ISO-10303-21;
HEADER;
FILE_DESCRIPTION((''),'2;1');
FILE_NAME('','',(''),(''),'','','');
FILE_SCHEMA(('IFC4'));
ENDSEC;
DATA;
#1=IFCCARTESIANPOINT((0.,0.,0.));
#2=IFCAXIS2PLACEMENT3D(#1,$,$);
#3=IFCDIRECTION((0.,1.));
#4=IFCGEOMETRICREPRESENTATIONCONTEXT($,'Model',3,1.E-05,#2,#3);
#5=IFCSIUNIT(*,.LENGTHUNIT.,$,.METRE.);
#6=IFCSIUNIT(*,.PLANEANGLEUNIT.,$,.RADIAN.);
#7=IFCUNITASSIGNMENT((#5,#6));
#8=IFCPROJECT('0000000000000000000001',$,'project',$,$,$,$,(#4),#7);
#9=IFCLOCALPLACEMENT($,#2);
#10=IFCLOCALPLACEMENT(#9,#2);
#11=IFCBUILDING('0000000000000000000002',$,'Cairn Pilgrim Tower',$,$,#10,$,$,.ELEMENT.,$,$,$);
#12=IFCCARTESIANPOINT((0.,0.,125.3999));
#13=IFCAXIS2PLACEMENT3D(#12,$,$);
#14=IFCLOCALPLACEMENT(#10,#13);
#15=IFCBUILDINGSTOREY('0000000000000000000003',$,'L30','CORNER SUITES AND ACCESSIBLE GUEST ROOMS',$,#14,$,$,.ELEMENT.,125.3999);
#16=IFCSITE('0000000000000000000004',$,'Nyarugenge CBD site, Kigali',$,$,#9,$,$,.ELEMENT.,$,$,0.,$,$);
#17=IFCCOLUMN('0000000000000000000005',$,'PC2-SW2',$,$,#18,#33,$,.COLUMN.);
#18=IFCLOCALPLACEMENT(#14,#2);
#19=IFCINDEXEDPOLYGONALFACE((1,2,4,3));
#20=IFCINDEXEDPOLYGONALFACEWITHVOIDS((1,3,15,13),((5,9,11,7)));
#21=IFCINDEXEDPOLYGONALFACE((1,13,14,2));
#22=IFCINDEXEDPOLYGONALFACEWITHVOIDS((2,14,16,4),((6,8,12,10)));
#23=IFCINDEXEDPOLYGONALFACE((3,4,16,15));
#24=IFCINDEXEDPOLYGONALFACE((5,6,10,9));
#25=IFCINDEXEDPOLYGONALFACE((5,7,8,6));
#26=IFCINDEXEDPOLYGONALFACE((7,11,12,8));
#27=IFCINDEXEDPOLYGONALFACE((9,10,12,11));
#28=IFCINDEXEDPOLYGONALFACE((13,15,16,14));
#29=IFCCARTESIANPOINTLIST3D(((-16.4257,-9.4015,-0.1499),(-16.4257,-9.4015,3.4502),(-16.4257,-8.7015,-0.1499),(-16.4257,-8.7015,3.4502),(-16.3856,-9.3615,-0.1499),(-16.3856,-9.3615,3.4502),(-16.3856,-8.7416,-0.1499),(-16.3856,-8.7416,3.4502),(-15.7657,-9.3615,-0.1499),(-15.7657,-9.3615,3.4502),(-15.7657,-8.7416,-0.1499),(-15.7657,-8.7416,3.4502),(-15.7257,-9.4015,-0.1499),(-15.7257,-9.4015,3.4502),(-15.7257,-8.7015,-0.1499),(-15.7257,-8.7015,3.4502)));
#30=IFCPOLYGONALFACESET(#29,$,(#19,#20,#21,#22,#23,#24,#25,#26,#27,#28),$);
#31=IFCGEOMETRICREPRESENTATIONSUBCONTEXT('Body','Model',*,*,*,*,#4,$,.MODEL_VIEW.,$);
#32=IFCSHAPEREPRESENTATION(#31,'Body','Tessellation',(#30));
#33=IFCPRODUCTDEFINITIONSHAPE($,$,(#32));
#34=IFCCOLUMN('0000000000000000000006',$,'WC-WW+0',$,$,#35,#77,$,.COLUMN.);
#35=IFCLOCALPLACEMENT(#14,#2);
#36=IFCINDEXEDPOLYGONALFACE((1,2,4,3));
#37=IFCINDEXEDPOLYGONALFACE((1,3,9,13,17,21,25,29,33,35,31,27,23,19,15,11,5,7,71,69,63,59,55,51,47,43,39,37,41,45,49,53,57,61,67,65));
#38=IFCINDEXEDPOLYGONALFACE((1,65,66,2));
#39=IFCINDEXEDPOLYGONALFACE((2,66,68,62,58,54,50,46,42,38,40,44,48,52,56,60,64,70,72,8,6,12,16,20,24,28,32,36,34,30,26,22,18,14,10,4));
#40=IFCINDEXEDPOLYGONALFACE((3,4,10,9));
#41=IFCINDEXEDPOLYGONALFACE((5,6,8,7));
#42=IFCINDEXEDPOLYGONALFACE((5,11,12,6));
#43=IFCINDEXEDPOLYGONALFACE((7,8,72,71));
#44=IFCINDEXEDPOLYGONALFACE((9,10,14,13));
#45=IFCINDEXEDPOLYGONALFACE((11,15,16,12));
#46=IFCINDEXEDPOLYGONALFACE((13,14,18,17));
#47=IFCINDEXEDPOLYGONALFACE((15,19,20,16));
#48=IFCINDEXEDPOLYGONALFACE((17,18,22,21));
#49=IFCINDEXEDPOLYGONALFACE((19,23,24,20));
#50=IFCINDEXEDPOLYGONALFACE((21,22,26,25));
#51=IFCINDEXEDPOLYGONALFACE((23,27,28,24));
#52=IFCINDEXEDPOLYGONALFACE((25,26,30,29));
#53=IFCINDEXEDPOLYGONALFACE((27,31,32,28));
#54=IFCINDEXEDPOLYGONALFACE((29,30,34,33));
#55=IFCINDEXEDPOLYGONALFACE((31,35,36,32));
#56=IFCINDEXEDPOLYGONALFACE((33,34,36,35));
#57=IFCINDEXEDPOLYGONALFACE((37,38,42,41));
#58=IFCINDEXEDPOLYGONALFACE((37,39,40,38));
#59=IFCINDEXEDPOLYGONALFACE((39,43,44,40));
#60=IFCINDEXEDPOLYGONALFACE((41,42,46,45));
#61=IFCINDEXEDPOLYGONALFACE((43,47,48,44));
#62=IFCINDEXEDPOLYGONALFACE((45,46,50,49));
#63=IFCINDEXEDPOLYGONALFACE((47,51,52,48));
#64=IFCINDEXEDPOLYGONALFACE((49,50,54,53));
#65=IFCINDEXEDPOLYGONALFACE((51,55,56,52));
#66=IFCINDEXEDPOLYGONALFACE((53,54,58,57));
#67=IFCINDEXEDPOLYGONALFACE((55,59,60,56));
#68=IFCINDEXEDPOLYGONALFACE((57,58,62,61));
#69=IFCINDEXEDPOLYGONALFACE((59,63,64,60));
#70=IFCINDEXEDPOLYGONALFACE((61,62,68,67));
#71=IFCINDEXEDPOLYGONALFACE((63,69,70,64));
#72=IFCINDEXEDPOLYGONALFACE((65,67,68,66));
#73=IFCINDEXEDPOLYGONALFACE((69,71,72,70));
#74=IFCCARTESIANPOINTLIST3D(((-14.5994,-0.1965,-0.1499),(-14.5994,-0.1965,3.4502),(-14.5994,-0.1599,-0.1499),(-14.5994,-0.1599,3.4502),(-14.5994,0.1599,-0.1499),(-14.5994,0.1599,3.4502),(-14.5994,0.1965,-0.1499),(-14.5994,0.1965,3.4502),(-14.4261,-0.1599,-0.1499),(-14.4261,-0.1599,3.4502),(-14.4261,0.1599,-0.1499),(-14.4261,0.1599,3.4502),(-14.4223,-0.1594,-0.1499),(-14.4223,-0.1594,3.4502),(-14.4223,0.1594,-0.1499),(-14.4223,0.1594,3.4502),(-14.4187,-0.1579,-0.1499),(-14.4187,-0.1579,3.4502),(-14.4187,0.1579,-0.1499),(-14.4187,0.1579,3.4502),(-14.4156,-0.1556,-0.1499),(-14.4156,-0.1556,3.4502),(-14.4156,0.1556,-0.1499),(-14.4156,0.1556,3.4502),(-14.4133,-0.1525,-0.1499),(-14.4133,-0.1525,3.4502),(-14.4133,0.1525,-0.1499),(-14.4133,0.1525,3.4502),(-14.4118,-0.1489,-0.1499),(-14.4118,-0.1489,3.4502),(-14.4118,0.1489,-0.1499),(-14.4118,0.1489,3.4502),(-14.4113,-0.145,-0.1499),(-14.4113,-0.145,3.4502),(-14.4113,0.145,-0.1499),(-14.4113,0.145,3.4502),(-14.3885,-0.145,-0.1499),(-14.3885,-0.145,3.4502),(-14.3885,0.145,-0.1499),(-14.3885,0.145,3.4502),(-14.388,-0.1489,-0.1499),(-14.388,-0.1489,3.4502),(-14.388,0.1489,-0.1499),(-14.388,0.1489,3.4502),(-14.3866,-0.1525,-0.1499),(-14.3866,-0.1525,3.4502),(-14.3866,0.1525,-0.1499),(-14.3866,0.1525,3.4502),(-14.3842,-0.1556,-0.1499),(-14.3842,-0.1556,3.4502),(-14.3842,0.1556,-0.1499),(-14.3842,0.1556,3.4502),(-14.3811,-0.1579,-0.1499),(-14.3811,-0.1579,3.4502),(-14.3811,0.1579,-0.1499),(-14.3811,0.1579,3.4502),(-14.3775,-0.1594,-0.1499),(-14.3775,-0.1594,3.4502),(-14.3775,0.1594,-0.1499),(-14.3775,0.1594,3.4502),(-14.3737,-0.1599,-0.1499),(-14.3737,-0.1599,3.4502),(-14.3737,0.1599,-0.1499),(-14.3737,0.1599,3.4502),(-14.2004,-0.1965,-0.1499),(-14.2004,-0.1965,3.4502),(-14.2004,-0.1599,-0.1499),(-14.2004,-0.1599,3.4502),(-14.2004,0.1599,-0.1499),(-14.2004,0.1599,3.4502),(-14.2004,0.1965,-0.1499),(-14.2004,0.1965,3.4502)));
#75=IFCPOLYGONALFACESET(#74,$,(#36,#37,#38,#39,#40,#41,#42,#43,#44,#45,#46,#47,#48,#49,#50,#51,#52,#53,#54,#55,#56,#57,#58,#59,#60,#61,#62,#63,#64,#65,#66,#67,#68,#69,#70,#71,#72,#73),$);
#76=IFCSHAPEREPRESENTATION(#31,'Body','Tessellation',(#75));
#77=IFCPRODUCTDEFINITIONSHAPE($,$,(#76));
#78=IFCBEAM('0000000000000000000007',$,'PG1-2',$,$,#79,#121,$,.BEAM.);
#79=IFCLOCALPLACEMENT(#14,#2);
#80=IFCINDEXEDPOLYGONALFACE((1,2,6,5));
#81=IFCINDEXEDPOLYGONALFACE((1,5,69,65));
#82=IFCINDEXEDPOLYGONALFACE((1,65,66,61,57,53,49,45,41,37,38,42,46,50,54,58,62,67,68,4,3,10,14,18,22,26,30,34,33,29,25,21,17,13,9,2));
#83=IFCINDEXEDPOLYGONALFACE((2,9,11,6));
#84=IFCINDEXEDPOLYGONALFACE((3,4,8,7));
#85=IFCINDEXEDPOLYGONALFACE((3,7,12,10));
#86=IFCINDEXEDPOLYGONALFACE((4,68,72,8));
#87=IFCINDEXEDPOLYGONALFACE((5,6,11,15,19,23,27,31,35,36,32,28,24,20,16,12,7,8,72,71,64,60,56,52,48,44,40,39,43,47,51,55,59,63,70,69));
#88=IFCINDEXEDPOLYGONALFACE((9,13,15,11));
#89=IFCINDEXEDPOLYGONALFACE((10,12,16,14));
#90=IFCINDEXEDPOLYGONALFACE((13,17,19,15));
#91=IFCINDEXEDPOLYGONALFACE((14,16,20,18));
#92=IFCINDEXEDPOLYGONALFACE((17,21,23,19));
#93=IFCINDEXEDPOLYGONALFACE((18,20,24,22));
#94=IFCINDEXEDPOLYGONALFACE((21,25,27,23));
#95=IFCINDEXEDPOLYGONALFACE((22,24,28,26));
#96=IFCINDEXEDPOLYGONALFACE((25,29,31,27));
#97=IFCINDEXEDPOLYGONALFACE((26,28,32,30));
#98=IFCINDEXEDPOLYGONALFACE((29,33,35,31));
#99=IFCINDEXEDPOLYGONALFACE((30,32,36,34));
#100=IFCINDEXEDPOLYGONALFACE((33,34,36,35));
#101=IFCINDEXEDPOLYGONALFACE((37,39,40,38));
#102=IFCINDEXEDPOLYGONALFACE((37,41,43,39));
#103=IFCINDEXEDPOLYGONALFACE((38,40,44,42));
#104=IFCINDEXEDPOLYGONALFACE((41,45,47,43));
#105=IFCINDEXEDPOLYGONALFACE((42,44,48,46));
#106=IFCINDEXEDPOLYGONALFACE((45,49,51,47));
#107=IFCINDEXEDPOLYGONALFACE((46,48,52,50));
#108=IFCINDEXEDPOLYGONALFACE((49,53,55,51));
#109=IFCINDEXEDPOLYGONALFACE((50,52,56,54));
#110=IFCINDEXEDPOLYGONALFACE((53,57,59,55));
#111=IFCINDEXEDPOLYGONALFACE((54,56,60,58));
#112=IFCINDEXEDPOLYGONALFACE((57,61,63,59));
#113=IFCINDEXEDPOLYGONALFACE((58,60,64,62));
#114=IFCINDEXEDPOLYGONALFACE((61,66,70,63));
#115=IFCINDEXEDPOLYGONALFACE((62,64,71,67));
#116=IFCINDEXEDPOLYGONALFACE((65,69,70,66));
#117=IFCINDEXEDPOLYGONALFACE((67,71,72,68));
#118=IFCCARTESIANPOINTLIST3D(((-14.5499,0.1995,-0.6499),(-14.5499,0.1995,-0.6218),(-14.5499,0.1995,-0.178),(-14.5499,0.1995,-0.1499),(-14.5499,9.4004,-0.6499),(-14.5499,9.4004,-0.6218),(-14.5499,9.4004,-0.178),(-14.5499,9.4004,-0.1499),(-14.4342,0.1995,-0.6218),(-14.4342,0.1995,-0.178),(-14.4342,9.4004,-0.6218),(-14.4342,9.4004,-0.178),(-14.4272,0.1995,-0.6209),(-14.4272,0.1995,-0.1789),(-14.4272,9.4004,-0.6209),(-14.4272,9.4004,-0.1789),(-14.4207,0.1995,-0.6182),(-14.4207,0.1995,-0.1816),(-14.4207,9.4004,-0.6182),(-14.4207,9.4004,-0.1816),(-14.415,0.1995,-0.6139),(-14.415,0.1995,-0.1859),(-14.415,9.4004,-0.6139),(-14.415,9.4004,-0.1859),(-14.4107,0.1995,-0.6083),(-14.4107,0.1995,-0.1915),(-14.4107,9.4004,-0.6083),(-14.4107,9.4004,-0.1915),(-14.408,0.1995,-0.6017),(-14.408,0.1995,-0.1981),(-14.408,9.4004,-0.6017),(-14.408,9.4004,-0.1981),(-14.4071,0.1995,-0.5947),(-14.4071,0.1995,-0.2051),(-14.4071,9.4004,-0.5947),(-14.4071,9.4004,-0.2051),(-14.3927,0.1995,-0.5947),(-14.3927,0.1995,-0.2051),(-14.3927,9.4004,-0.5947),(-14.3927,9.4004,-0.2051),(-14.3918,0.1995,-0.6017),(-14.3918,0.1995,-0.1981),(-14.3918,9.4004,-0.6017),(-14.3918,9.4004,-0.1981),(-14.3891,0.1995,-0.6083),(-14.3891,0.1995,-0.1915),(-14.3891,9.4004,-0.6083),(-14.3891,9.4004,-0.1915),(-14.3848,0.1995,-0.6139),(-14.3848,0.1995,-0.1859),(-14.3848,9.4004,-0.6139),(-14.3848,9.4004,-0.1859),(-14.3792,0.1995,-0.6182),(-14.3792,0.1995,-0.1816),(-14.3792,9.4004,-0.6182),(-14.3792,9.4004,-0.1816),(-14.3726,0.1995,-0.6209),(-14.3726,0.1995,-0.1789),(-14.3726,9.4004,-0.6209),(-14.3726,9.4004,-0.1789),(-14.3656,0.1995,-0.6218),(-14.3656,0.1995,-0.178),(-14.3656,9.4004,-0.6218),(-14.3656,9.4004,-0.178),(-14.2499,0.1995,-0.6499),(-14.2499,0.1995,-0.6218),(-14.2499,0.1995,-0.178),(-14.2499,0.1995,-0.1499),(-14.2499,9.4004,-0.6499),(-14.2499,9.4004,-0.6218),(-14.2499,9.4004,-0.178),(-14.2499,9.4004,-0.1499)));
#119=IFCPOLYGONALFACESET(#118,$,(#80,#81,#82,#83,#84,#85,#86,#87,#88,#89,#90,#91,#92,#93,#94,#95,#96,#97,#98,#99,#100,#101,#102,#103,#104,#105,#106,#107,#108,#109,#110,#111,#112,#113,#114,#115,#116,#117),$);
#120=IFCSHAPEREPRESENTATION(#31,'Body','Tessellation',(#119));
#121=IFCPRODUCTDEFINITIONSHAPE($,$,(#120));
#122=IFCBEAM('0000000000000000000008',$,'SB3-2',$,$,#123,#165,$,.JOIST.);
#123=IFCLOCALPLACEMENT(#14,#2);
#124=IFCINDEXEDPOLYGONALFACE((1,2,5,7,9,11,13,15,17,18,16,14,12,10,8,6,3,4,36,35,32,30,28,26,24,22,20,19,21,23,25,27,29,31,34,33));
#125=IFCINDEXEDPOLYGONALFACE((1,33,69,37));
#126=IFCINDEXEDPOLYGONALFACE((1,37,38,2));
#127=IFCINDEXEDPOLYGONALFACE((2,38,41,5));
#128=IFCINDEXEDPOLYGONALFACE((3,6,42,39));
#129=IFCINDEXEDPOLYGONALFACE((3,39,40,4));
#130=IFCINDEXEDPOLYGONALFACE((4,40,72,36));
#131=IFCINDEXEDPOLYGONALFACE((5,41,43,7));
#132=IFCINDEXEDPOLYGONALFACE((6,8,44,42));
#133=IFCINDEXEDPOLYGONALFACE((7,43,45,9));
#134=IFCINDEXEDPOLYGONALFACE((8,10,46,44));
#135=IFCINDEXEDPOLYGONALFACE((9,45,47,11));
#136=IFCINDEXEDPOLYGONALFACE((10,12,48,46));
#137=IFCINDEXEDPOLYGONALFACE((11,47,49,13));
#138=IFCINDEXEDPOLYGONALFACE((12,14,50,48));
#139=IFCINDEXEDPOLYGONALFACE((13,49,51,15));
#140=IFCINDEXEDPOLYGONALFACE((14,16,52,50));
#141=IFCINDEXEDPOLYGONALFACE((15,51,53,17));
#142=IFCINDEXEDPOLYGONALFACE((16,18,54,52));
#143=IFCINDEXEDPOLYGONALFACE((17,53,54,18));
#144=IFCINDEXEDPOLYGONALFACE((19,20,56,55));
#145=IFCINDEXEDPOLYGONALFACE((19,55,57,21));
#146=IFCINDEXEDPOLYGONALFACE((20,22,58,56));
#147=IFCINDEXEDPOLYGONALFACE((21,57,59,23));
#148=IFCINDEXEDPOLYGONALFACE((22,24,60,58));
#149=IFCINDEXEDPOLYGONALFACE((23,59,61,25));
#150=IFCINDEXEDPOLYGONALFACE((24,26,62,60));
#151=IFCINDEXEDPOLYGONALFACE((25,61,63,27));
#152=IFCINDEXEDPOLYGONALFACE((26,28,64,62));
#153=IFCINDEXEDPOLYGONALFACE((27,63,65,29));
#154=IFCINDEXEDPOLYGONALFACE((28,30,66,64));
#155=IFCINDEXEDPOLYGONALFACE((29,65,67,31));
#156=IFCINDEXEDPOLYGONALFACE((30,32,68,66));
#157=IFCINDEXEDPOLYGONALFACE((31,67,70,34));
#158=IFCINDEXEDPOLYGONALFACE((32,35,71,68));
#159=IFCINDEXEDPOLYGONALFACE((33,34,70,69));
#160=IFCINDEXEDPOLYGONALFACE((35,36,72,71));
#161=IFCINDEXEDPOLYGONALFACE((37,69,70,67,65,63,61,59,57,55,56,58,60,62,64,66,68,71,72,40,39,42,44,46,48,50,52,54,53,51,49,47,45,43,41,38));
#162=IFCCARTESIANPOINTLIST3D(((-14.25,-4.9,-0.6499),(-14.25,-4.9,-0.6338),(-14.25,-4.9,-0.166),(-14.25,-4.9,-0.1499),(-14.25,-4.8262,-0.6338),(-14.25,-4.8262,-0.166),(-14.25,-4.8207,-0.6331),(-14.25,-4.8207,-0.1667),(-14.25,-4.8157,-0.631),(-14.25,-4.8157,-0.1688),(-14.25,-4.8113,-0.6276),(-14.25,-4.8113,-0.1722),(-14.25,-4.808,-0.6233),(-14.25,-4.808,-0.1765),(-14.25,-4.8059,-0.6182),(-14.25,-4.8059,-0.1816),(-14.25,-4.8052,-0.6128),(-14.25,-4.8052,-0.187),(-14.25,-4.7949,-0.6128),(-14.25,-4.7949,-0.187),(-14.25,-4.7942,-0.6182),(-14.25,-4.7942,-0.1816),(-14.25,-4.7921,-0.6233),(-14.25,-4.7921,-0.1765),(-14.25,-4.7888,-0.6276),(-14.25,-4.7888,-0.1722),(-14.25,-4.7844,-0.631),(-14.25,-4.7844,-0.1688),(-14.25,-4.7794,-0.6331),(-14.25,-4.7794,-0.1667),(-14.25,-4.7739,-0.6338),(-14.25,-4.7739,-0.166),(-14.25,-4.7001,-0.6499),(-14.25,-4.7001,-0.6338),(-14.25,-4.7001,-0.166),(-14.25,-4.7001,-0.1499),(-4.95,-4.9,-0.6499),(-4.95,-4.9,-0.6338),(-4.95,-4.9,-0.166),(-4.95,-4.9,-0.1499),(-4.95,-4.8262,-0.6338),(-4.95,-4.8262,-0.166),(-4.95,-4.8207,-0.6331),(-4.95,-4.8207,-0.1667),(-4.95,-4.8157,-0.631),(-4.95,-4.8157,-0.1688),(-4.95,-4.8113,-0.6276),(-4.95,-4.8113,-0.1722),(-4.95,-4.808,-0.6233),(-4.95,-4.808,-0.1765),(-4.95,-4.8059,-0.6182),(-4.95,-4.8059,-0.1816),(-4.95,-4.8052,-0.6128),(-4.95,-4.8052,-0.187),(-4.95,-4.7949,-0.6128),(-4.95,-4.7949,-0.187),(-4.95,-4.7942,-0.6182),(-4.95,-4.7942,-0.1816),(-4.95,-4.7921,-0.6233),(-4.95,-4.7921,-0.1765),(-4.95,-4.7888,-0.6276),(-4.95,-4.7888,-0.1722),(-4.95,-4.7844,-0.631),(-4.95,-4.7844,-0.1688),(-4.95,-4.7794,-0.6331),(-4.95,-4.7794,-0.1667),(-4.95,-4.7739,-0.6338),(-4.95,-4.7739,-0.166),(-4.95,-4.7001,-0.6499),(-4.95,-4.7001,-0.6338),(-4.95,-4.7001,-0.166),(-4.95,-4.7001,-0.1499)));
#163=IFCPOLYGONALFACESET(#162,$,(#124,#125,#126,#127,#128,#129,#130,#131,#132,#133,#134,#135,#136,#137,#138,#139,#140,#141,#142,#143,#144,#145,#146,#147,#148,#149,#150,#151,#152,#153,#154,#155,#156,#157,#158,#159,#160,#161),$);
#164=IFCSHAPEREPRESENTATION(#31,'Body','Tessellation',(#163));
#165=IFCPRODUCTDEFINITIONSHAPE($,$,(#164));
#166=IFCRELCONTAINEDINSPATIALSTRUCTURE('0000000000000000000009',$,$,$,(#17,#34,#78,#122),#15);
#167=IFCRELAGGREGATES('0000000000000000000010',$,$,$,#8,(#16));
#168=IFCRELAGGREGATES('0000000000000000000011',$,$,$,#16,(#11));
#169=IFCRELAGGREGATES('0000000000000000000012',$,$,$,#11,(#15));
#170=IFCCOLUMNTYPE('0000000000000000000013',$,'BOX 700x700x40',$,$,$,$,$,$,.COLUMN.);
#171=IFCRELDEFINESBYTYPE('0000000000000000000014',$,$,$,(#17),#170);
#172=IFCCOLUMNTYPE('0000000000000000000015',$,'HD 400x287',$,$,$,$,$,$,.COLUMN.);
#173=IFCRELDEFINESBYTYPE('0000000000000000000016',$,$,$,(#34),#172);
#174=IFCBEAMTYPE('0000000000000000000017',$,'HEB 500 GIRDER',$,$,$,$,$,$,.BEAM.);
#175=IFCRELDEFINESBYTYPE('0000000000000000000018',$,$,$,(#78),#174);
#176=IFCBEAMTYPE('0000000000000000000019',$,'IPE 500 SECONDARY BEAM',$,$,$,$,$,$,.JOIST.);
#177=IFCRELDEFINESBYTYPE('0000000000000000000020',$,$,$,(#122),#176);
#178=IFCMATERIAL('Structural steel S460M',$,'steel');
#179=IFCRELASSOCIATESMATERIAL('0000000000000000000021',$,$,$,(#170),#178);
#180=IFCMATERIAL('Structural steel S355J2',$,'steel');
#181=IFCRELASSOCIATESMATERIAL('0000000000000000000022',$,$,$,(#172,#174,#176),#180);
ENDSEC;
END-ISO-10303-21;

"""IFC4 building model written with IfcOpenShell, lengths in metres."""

from ifc_helpers import new_model, si_unit, direction, frame, origin, origin_2d, place, context, subcontext, project, spatial, hollow_rectangle, i_section, extrude, material, material_profile, profile_set, type_object, element, save


model = new_model("IFC4")

# Units and contexts
model_context = context("Model", 3, precision=1e-05, world=origin(), true_north=direction((0.0, 1.0)))
body_context = subcontext(model_context, "Body", "Model", "MODEL_VIEW")
ifc_project = project(units=[si_unit("LENGTHUNIT", "METRE"), si_unit("PLANEANGLEUNIT", "RADIAN")], contexts=[model_context])

# Site, building, storey
site_placement = place(None, origin())
site = spatial("IfcSite", under=ifc_project, at=site_placement, Name="Nyarugenge CBD site, Kigali", CompositionType="ELEMENT", RefElevation=0.0)
building_placement = place(site_placement, origin())
building = spatial("IfcBuilding", under=site, at=building_placement, Name="Cairn Pilgrim Tower", CompositionType="ELEMENT")
storey_placement = place(building_placement, frame((0.0, 0.0, 125.3999)))
storey = spatial("IfcBuildingStorey", under=building, at=storey_placement, Name="L30", Description="CORNER SUITES AND ACCESSIBLE GUEST ROOMS", CompositionType="ELEMENT", Elevation=125.3999)

# Columns
ifc_material_1 = material(Name="Structural steel S460M", Category="steel")
ifc_material_profile_1 = material_profile(ifc_material_1, hollow_rectangle(XDim=0.7, YDim=0.7, WallThickness=0.04, at=origin_2d()), Name="BOX 700x700x40")
ifc_profile_set_1 = profile_set([ifc_material_profile_1], Name="Structural steel S460M")
column_type_1 = type_object("IfcColumnType", Name="BOX 700x700x40", PredefinedType="COLUMN", material=ifc_profile_set_1)
column_1_placement = place(storey_placement, frame((-16.0757, -9.0515, -0.1499), z_axis=(0.0, 0.0, 1.0), x_axis=(1.0, 0.0, 0.0)))
element("IfcColumn", 1, at=column_1_placement, inside=storey, type_object=column_type_1, Name="PC2-SW2", PredefinedType="COLUMN", context=body_context, shape_type="SweptSolid", body=[
    extrude(hollow_rectangle(XDim=0.7, YDim=0.7, WallThickness=0.04, at=origin_2d()), origin(), (0.0, 0.0, 1.0), 3.6001),
])
ifc_material_2 = material(Name="Structural steel S355J2", Category="steel")
ifc_material_profile_2 = material_profile(ifc_material_2, i_section(OverallWidth=0.3989, OverallDepth=0.3931, WebThickness=0.0227, FlangeThickness=0.0366, FilletRadius=0.0149, at=origin_2d()), Name="HD 400x287")
ifc_profile_set_2 = profile_set([ifc_material_profile_2], Name="Structural steel S355J2")
column_type_2 = type_object("IfcColumnType", Name="HD 400x287", PredefinedType="COLUMN", material=ifc_profile_set_2)
column_2_placement = place(storey_placement, frame((-14.3999, 0.0, -0.1499), z_axis=(0.0, 0.0, 1.0), x_axis=(1.0, 0.0, 0.0)))
element("IfcColumn", 2, at=column_2_placement, inside=storey, type_object=column_type_2, Name="WC-WW+0", PredefinedType="COLUMN", context=body_context, shape_type="SweptSolid", body=[
    extrude(i_section(OverallWidth=0.3989, OverallDepth=0.3931, WebThickness=0.0227, FlangeThickness=0.0366, FilletRadius=0.0149, at=origin_2d()), origin(), (0.0, 0.0, 1.0), 3.6001),
])

# Beams
ifc_material_profile_3 = material_profile(ifc_material_2, i_section(OverallWidth=0.3, OverallDepth=0.5, WebThickness=0.0144, FlangeThickness=0.0281, FilletRadius=0.0271, at=origin_2d()), Name="HEB 500")
ifc_profile_set_3 = profile_set([ifc_material_profile_3], Name="Structural steel S355J2")
beam_type_1 = type_object("IfcBeamType", Name="HEB 500 GIRDER", PredefinedType="BEAM", material=ifc_profile_set_3)
beam_placement = place(storey_placement, frame((-14.3999, 0.1995, -0.3999), z_axis=(0.0, 1.0, 0.0), x_axis=(-1.0, 0.0, 0.0)))
element("IfcBeam", 3, at=beam_placement, inside=storey, type_object=beam_type_1, Name="PG1-2", PredefinedType="BEAM", context=body_context, shape_type="SweptSolid", body=[
    extrude(i_section(OverallWidth=0.3, OverallDepth=0.5, WebThickness=0.0144, FlangeThickness=0.0281, FilletRadius=0.0271, at=origin_2d()), origin(), (0.0, 0.0, 1.0), 9.2009),
])
ifc_material_profile_4 = material_profile(ifc_material_2, i_section(OverallWidth=0.2, OverallDepth=0.5, WebThickness=0.0103, FlangeThickness=0.0161, FilletRadius=0.021, at=origin_2d()), Name="IPE 500")
ifc_profile_set_4 = profile_set([ifc_material_profile_4], Name="Structural steel S355J2")
beam_type_2 = type_object("IfcBeamType", Name="IPE 500 SECONDARY BEAM", PredefinedType="JOIST", material=ifc_profile_set_4)
for number, where, z_axis, x_axis, name in (
    (4, (-14.25, -4.8, -0.3999), (1.0, 0.0, 0.0), (0.0, 1.0, 0.0), "SB3-2"),
):
    element("IfcBeam", number, at=place(storey_placement, frame(where, z_axis=z_axis, x_axis=x_axis)), inside=storey, type_object=beam_type_2, Name=name, PredefinedType="JOIST", context=body_context, shape_type="SweptSolid", body=[
        extrude(i_section(OverallWidth=0.2, OverallDepth=0.5, WebThickness=0.0103, FlangeThickness=0.0161, FilletRadius=0.021, at=origin_2d()), origin(), (0.0, 0.0, 1.0), 9.3),
    ])

save(model, "model.ifc")
